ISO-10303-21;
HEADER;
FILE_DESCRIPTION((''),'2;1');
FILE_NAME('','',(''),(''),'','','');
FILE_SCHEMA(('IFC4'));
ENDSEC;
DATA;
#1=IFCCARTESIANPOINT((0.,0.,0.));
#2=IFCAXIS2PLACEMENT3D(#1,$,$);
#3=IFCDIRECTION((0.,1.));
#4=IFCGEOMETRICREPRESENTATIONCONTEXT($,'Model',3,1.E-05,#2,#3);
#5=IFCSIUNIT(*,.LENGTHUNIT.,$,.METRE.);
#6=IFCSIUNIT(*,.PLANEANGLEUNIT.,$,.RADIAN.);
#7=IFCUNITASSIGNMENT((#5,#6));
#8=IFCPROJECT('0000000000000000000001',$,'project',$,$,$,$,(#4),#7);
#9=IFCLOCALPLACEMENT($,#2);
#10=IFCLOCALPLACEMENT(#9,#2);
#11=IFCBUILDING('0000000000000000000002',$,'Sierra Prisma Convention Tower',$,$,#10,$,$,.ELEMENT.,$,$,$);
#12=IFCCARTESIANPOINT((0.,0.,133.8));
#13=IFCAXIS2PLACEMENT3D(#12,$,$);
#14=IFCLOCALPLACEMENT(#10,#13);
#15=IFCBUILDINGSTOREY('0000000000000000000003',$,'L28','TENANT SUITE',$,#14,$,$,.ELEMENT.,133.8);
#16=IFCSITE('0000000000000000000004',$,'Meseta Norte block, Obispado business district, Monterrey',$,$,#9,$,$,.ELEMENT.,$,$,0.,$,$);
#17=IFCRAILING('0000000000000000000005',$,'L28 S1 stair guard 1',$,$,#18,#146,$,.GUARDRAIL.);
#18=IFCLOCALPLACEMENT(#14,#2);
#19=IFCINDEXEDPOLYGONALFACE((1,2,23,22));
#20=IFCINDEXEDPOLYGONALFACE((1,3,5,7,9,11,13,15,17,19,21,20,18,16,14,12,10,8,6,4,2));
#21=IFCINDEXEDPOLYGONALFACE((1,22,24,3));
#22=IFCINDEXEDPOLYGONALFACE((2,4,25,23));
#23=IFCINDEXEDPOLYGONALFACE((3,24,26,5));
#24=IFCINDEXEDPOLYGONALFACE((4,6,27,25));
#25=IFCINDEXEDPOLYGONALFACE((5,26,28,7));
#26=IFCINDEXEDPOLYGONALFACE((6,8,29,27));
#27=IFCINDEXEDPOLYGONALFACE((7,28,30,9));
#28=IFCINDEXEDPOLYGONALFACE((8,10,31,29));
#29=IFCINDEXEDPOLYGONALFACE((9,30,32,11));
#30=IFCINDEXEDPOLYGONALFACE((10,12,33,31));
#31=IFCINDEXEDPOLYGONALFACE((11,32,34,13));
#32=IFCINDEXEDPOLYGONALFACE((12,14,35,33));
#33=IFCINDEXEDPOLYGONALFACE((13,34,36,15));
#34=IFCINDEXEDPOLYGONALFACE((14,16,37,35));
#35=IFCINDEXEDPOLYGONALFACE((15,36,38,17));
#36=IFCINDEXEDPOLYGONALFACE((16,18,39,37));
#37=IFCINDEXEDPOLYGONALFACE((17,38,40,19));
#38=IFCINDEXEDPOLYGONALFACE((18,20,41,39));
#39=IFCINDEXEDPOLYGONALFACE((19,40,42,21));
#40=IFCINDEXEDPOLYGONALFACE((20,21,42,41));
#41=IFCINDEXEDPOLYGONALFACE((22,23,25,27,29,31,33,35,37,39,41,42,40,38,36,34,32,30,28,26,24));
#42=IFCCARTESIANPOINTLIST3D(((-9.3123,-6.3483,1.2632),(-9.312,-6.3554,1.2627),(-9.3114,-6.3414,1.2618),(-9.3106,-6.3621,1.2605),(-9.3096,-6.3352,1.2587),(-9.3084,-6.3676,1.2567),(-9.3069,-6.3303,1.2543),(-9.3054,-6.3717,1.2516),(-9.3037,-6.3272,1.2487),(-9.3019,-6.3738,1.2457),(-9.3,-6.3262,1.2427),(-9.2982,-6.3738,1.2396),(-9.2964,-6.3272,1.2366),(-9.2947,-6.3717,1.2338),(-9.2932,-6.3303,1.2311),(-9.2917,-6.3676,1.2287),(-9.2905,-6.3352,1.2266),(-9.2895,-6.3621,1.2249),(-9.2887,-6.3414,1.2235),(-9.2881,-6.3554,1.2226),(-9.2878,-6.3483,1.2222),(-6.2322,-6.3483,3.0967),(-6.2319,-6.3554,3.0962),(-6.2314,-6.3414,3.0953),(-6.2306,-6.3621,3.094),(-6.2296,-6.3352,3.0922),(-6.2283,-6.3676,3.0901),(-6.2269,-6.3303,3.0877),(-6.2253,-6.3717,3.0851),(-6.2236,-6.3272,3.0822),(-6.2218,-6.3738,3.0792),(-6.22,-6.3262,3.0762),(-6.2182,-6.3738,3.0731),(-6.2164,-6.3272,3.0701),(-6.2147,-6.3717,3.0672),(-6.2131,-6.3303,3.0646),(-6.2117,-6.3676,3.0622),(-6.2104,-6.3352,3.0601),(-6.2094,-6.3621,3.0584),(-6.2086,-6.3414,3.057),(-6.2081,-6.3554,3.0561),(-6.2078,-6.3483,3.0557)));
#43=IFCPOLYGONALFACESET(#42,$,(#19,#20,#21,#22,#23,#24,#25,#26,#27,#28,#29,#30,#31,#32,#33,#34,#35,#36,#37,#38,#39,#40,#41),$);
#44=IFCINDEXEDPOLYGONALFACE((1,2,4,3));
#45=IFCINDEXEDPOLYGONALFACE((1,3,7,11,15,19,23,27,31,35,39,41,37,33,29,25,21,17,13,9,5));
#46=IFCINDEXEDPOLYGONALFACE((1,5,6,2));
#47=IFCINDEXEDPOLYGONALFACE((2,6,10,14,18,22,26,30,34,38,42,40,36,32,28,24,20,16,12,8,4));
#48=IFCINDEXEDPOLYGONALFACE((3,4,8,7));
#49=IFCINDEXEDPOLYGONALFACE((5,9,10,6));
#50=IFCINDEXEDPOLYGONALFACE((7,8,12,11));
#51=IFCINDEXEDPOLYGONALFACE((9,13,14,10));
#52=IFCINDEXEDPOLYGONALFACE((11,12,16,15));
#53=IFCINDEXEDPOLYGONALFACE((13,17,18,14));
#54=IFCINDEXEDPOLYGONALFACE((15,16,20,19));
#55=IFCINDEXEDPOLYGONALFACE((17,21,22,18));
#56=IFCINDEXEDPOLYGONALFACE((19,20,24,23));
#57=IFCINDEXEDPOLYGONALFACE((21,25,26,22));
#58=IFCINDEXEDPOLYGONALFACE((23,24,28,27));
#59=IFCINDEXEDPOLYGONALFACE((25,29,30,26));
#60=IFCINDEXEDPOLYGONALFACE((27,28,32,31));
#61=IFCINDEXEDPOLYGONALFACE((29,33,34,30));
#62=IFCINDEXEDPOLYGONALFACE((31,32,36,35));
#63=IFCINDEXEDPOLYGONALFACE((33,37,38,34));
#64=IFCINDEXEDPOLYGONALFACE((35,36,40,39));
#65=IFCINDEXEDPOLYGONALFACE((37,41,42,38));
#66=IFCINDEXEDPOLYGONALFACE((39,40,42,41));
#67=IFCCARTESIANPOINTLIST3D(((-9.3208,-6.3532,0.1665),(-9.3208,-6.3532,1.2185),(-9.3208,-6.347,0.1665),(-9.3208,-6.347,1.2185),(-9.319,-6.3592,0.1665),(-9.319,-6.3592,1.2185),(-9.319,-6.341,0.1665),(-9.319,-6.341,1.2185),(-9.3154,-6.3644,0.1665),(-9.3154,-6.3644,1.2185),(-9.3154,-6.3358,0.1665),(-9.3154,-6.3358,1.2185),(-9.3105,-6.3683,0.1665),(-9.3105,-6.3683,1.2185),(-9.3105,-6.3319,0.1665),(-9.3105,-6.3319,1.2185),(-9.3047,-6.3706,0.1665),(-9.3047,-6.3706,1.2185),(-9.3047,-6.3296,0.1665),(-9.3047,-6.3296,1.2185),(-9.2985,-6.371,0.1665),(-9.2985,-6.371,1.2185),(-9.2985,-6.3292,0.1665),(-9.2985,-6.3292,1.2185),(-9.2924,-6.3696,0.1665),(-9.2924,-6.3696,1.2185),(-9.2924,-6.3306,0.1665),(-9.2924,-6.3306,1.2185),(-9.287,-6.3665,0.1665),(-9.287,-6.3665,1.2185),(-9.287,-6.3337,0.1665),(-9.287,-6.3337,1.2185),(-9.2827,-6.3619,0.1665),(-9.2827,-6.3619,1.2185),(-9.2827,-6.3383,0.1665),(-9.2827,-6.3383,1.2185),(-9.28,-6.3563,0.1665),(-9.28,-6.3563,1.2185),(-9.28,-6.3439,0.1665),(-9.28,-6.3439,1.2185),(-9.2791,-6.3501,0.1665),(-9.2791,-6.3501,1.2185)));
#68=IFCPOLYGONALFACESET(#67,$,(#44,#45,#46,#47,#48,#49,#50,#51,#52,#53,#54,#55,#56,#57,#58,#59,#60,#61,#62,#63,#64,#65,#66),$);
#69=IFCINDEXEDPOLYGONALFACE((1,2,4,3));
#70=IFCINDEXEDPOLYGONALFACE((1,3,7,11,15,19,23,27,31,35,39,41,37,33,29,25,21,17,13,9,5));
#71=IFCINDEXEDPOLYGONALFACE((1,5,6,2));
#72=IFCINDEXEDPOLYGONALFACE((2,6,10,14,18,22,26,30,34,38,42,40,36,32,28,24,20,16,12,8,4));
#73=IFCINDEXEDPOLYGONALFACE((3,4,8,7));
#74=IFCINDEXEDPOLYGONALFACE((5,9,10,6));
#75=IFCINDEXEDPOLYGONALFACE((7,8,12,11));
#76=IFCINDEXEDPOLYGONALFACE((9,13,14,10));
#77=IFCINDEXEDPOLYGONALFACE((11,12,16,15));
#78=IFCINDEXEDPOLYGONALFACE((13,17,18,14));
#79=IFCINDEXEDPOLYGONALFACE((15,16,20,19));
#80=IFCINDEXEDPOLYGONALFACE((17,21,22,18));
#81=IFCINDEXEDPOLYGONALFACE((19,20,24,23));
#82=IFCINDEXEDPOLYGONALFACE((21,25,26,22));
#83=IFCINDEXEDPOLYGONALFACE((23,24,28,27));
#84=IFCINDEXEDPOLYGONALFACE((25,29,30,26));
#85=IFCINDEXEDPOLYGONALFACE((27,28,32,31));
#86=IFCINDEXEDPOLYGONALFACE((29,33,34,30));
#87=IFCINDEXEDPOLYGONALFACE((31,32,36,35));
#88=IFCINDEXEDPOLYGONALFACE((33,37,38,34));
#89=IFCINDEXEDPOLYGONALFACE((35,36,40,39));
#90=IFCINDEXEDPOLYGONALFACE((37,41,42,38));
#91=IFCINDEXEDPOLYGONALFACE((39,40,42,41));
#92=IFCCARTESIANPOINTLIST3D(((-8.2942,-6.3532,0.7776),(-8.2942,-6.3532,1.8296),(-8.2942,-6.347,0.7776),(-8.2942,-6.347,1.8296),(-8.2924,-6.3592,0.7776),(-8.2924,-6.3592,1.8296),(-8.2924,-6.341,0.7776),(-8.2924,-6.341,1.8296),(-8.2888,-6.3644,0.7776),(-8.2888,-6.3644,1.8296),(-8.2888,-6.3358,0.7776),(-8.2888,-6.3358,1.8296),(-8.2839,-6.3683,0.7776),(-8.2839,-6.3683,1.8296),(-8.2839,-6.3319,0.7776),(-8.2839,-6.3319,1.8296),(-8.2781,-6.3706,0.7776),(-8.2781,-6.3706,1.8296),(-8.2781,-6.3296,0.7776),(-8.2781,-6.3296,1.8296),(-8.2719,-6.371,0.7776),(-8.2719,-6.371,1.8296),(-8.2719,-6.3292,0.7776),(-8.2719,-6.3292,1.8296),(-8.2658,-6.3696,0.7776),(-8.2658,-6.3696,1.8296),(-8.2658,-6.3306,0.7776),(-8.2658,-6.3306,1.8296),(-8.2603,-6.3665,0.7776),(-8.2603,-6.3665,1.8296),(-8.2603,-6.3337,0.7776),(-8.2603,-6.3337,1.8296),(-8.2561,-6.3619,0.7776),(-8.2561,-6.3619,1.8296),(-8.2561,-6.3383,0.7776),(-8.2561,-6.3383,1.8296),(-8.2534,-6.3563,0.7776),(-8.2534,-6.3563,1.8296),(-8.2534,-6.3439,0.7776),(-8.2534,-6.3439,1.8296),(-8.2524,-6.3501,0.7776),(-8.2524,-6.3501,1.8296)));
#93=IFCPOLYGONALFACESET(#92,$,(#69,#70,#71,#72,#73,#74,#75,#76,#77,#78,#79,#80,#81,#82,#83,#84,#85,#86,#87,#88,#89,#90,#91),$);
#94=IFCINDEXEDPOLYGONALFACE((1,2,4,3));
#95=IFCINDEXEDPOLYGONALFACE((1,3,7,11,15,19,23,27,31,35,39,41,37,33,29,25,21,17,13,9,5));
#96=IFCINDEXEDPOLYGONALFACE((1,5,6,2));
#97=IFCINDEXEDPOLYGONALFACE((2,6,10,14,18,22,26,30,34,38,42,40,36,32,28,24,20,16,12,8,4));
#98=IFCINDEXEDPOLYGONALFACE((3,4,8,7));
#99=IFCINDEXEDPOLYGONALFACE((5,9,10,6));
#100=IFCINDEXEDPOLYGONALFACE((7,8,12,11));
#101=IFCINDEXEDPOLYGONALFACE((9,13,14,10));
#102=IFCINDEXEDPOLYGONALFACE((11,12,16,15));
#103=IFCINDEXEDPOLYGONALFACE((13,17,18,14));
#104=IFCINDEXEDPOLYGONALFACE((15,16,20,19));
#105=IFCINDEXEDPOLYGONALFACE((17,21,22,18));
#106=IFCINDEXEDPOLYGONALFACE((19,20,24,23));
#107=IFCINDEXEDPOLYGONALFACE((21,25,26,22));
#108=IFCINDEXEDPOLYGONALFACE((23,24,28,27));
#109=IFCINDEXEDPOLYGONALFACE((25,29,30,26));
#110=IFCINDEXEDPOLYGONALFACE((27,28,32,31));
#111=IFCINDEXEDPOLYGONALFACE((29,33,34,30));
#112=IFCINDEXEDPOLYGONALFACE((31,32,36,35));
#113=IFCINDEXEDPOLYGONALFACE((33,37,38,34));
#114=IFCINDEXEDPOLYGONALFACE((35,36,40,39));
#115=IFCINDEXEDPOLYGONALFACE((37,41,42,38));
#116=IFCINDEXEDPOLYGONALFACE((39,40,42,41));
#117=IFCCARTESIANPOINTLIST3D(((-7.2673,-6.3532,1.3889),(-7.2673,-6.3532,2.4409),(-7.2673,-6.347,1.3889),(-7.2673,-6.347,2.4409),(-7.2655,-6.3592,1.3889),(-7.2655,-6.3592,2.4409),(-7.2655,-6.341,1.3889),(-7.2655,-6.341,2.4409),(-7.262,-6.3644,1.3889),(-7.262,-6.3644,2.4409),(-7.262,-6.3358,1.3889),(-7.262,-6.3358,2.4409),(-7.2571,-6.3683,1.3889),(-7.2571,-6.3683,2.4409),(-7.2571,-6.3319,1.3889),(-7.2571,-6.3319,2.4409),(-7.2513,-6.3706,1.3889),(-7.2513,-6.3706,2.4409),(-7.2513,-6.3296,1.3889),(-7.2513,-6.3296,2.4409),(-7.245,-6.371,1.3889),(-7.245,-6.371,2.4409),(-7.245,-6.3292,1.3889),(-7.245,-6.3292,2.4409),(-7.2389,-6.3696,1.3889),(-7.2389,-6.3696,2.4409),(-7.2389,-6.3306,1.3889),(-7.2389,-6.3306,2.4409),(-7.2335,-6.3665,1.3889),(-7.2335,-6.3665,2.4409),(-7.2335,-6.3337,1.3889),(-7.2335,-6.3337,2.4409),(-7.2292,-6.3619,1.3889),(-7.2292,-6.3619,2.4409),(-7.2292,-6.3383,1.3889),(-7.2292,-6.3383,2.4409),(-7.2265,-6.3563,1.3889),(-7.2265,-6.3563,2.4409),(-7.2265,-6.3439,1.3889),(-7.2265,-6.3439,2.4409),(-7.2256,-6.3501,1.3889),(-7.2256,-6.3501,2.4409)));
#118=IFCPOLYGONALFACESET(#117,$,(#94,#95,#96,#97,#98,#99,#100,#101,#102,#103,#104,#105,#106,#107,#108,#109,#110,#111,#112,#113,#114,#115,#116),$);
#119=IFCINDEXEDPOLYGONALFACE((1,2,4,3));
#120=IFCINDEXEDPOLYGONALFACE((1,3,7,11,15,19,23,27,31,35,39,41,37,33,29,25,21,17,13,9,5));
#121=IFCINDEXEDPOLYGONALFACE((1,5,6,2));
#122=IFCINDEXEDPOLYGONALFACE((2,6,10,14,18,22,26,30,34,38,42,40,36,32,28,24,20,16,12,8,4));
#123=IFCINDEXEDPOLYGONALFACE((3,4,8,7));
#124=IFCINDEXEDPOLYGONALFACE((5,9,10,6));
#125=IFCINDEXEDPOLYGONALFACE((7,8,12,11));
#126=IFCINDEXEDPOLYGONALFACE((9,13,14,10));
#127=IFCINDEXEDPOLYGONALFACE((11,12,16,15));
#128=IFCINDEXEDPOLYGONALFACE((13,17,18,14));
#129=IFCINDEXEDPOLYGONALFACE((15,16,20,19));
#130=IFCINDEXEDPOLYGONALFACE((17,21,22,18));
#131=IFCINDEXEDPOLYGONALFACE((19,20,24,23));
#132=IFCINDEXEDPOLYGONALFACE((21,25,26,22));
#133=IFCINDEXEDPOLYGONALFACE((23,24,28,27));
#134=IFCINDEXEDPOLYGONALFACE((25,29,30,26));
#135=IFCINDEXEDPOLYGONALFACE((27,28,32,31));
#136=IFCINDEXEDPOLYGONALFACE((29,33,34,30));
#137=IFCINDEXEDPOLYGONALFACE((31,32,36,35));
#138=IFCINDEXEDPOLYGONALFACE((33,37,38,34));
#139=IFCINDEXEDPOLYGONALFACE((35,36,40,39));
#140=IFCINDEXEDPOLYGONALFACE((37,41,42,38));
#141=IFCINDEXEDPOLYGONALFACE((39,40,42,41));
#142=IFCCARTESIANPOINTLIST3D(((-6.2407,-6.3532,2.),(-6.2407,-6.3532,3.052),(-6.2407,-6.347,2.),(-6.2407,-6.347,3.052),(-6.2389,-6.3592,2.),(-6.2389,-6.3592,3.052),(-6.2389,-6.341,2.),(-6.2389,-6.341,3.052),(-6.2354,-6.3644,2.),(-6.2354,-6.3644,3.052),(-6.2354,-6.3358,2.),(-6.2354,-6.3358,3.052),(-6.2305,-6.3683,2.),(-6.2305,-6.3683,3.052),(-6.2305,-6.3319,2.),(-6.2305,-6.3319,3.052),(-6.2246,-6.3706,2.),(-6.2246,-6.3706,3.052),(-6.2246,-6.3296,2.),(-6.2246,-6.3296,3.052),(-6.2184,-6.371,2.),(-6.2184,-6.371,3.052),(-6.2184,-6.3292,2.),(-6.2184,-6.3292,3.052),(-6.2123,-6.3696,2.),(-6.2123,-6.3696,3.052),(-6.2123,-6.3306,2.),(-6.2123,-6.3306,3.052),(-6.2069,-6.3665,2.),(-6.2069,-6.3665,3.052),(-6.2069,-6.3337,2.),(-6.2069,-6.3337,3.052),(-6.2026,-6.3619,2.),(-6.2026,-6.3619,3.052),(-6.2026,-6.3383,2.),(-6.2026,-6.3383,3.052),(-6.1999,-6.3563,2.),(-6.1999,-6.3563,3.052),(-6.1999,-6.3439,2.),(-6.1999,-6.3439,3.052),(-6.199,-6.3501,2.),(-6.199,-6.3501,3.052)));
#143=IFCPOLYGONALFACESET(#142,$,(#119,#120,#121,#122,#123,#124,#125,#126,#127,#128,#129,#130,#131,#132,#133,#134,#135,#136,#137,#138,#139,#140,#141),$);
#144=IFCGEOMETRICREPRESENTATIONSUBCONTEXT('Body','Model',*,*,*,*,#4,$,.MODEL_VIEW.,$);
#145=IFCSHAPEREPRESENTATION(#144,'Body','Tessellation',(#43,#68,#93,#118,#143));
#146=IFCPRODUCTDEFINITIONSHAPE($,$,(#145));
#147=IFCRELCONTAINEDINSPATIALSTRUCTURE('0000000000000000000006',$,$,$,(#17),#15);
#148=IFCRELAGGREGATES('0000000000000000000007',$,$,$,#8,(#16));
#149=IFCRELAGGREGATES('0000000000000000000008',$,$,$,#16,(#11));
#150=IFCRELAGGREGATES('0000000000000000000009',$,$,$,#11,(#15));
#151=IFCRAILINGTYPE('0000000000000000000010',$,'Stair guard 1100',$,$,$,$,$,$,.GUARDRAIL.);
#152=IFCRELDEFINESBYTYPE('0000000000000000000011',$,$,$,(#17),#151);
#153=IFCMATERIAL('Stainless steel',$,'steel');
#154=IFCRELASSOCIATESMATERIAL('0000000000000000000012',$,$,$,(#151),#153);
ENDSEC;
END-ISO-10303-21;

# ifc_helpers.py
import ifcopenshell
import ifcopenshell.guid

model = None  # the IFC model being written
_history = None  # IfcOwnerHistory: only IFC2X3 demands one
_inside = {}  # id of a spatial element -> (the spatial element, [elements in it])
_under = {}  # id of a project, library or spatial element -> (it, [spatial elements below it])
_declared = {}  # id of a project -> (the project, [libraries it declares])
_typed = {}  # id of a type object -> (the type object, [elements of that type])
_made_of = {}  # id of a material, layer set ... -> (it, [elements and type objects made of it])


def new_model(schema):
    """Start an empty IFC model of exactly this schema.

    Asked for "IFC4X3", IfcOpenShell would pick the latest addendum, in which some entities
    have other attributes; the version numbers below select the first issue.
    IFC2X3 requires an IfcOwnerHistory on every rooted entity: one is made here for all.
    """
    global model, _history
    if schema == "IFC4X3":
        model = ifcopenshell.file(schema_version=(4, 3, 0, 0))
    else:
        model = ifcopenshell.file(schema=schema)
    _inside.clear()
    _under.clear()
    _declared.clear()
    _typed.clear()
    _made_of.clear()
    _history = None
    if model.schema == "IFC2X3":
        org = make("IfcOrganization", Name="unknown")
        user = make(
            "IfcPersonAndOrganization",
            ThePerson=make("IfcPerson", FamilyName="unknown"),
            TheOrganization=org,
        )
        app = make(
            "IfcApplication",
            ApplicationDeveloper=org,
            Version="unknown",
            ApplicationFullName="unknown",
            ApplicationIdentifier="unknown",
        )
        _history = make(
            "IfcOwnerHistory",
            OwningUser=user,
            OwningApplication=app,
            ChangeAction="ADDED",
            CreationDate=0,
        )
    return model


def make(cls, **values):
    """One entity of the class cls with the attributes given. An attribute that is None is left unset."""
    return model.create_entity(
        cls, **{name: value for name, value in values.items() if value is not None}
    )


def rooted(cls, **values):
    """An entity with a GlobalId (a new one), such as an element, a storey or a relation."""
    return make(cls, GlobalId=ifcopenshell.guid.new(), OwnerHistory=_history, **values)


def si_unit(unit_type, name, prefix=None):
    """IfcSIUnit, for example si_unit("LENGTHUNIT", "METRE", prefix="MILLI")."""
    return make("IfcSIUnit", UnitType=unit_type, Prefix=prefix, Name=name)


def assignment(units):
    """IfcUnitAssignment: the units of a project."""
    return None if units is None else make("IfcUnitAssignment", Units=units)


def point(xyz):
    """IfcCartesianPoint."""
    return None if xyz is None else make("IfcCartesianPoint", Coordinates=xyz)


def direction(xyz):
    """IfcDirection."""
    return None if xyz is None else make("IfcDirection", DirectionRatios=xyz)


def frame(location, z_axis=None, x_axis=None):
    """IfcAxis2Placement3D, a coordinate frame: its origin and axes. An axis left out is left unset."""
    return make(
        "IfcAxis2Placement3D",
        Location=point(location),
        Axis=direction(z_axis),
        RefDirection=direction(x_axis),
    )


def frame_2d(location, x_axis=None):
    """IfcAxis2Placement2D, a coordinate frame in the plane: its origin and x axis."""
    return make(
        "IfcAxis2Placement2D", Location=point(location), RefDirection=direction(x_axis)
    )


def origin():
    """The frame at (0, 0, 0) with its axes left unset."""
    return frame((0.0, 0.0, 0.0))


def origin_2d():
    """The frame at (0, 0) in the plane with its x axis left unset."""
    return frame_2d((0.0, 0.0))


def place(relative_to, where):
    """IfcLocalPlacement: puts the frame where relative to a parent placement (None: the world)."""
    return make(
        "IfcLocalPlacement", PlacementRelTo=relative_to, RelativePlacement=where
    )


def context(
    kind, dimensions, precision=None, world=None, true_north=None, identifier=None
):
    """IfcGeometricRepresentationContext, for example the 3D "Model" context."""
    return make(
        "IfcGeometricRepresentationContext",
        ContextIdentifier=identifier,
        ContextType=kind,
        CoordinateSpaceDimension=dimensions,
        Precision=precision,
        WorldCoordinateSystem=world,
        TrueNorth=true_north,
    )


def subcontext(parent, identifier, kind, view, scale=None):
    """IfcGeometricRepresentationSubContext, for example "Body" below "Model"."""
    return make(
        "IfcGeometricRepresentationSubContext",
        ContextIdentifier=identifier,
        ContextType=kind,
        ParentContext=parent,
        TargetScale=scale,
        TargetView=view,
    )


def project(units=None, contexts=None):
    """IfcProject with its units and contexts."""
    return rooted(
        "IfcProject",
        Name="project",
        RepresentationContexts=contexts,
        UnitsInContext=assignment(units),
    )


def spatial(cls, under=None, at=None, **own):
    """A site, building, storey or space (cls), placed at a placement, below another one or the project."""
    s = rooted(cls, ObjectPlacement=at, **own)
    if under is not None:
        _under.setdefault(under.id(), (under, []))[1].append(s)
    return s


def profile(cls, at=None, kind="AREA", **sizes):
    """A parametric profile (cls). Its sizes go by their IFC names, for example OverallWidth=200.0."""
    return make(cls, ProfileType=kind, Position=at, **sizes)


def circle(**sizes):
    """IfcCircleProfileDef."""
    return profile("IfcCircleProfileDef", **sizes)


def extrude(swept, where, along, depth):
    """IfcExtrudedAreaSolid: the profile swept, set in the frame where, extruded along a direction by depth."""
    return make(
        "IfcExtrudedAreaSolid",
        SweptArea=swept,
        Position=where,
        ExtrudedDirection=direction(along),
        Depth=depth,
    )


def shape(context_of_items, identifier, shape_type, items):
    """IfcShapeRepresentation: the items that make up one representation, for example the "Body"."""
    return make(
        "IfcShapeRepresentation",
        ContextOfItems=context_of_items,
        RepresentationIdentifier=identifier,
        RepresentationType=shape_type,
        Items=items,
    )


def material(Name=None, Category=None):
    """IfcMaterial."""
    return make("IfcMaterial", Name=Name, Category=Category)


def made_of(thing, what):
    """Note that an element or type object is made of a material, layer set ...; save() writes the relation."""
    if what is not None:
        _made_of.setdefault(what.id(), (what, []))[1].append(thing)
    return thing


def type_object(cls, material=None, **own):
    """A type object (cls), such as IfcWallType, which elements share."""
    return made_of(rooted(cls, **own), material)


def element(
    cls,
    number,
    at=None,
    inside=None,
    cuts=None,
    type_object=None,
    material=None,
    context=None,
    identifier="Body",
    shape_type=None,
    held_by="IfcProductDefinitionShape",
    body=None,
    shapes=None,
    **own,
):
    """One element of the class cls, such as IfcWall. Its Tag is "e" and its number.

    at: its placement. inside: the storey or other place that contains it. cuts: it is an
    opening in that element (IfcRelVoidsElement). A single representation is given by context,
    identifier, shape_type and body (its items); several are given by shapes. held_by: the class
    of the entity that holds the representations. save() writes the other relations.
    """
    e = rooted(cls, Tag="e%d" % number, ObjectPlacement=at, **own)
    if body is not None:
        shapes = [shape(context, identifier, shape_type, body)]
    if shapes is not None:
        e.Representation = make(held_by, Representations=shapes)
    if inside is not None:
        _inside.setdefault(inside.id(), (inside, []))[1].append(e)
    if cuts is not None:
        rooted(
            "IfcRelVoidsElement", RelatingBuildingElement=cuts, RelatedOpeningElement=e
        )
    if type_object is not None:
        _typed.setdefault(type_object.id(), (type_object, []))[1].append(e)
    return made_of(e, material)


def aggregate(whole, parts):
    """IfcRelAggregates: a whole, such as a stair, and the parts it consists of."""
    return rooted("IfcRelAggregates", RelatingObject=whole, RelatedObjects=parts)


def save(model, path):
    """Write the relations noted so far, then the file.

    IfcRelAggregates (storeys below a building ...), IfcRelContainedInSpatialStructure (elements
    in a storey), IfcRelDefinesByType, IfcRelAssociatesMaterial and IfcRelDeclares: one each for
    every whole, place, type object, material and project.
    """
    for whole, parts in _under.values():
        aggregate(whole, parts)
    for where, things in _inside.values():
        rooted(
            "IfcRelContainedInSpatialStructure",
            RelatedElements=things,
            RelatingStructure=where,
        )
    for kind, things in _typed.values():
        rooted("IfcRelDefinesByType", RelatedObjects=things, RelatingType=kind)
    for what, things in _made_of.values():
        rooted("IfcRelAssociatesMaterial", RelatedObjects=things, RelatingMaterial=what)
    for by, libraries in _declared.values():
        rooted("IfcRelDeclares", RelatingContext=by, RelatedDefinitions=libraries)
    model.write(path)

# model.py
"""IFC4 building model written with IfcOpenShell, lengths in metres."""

from ifc_helpers import new_model, si_unit, direction, frame, origin, origin_2d, place, context, subcontext, project, spatial, circle, extrude, material, type_object, element, save


model = new_model("IFC4")

# Units and contexts
model_context = context("Model", 3, precision=1e-05, world=origin(), true_north=direction((0.0, 1.0)))
body_context = subcontext(model_context, "Body", "Model", "MODEL_VIEW")
ifc_project = project(units=[si_unit("LENGTHUNIT", "METRE"), si_unit("PLANEANGLEUNIT", "RADIAN")], contexts=[model_context])

# Site, building, storey
site_placement = place(None, origin())
site = spatial("IfcSite", under=ifc_project, at=site_placement, Name="Meseta Norte block, Obispado business district, Monterrey", CompositionType="ELEMENT", RefElevation=0.0)
building_placement = place(site_placement, origin())
building = spatial("IfcBuilding", under=site, at=building_placement, Name="Sierra Prisma Convention Tower", CompositionType="ELEMENT")
storey_placement = place(building_placement, frame((0.0, 0.0, 133.8)))
storey = spatial("IfcBuildingStorey", under=building, at=storey_placement, Name="L28", Description="TENANT SUITE", CompositionType="ELEMENT", Elevation=133.8)

# Railing
ifc_material_1 = material(Name="Stainless steel", Category="steel")
railing_type_1 = type_object("IfcRailingType", Name="Stair guard 1100", PredefinedType="GUARDRAIL", material=ifc_material_1)
railing_1_placement = place(storey_placement, frame((-9.3, -6.3501, 0.1665)))
element("IfcRailing", 1, at=railing_1_placement, inside=storey, type_object=railing_type_1, Name="L28 S1 stair guard 1", PredefinedType="GUARDRAIL", context=body_context, shape_type="SweptSolid", body=[
    extrude(circle(Radius=0.0239, at=origin_2d()), frame((0.0, 0.0, 1.0762), z_axis=(0.859279, 0.0, 0.511508), x_axis=(0.0, 1.0, 0.0)), (0.0, 0.0, 1.0), 3.5845),
    extrude(circle(Radius=0.021, at=origin_2d()), origin(), (0.0, 0.0, 1.0), 1.052),
    extrude(circle(Radius=0.021, at=origin_2d()), frame((1.0266, 0.0, 0.6111)), (0.0, 0.0, 1.0), 1.052),
    extrude(circle(Radius=0.021, at=origin_2d()), frame((2.0535, 0.0, 1.2224)), (0.0, 0.0, 1.0), 1.052),
    extrude(circle(Radius=0.021, at=origin_2d()), frame((3.0801, 0.0, 1.8335)), (0.0, 0.0, 1.0), 1.052),
])

save(model, "model.ifc")
